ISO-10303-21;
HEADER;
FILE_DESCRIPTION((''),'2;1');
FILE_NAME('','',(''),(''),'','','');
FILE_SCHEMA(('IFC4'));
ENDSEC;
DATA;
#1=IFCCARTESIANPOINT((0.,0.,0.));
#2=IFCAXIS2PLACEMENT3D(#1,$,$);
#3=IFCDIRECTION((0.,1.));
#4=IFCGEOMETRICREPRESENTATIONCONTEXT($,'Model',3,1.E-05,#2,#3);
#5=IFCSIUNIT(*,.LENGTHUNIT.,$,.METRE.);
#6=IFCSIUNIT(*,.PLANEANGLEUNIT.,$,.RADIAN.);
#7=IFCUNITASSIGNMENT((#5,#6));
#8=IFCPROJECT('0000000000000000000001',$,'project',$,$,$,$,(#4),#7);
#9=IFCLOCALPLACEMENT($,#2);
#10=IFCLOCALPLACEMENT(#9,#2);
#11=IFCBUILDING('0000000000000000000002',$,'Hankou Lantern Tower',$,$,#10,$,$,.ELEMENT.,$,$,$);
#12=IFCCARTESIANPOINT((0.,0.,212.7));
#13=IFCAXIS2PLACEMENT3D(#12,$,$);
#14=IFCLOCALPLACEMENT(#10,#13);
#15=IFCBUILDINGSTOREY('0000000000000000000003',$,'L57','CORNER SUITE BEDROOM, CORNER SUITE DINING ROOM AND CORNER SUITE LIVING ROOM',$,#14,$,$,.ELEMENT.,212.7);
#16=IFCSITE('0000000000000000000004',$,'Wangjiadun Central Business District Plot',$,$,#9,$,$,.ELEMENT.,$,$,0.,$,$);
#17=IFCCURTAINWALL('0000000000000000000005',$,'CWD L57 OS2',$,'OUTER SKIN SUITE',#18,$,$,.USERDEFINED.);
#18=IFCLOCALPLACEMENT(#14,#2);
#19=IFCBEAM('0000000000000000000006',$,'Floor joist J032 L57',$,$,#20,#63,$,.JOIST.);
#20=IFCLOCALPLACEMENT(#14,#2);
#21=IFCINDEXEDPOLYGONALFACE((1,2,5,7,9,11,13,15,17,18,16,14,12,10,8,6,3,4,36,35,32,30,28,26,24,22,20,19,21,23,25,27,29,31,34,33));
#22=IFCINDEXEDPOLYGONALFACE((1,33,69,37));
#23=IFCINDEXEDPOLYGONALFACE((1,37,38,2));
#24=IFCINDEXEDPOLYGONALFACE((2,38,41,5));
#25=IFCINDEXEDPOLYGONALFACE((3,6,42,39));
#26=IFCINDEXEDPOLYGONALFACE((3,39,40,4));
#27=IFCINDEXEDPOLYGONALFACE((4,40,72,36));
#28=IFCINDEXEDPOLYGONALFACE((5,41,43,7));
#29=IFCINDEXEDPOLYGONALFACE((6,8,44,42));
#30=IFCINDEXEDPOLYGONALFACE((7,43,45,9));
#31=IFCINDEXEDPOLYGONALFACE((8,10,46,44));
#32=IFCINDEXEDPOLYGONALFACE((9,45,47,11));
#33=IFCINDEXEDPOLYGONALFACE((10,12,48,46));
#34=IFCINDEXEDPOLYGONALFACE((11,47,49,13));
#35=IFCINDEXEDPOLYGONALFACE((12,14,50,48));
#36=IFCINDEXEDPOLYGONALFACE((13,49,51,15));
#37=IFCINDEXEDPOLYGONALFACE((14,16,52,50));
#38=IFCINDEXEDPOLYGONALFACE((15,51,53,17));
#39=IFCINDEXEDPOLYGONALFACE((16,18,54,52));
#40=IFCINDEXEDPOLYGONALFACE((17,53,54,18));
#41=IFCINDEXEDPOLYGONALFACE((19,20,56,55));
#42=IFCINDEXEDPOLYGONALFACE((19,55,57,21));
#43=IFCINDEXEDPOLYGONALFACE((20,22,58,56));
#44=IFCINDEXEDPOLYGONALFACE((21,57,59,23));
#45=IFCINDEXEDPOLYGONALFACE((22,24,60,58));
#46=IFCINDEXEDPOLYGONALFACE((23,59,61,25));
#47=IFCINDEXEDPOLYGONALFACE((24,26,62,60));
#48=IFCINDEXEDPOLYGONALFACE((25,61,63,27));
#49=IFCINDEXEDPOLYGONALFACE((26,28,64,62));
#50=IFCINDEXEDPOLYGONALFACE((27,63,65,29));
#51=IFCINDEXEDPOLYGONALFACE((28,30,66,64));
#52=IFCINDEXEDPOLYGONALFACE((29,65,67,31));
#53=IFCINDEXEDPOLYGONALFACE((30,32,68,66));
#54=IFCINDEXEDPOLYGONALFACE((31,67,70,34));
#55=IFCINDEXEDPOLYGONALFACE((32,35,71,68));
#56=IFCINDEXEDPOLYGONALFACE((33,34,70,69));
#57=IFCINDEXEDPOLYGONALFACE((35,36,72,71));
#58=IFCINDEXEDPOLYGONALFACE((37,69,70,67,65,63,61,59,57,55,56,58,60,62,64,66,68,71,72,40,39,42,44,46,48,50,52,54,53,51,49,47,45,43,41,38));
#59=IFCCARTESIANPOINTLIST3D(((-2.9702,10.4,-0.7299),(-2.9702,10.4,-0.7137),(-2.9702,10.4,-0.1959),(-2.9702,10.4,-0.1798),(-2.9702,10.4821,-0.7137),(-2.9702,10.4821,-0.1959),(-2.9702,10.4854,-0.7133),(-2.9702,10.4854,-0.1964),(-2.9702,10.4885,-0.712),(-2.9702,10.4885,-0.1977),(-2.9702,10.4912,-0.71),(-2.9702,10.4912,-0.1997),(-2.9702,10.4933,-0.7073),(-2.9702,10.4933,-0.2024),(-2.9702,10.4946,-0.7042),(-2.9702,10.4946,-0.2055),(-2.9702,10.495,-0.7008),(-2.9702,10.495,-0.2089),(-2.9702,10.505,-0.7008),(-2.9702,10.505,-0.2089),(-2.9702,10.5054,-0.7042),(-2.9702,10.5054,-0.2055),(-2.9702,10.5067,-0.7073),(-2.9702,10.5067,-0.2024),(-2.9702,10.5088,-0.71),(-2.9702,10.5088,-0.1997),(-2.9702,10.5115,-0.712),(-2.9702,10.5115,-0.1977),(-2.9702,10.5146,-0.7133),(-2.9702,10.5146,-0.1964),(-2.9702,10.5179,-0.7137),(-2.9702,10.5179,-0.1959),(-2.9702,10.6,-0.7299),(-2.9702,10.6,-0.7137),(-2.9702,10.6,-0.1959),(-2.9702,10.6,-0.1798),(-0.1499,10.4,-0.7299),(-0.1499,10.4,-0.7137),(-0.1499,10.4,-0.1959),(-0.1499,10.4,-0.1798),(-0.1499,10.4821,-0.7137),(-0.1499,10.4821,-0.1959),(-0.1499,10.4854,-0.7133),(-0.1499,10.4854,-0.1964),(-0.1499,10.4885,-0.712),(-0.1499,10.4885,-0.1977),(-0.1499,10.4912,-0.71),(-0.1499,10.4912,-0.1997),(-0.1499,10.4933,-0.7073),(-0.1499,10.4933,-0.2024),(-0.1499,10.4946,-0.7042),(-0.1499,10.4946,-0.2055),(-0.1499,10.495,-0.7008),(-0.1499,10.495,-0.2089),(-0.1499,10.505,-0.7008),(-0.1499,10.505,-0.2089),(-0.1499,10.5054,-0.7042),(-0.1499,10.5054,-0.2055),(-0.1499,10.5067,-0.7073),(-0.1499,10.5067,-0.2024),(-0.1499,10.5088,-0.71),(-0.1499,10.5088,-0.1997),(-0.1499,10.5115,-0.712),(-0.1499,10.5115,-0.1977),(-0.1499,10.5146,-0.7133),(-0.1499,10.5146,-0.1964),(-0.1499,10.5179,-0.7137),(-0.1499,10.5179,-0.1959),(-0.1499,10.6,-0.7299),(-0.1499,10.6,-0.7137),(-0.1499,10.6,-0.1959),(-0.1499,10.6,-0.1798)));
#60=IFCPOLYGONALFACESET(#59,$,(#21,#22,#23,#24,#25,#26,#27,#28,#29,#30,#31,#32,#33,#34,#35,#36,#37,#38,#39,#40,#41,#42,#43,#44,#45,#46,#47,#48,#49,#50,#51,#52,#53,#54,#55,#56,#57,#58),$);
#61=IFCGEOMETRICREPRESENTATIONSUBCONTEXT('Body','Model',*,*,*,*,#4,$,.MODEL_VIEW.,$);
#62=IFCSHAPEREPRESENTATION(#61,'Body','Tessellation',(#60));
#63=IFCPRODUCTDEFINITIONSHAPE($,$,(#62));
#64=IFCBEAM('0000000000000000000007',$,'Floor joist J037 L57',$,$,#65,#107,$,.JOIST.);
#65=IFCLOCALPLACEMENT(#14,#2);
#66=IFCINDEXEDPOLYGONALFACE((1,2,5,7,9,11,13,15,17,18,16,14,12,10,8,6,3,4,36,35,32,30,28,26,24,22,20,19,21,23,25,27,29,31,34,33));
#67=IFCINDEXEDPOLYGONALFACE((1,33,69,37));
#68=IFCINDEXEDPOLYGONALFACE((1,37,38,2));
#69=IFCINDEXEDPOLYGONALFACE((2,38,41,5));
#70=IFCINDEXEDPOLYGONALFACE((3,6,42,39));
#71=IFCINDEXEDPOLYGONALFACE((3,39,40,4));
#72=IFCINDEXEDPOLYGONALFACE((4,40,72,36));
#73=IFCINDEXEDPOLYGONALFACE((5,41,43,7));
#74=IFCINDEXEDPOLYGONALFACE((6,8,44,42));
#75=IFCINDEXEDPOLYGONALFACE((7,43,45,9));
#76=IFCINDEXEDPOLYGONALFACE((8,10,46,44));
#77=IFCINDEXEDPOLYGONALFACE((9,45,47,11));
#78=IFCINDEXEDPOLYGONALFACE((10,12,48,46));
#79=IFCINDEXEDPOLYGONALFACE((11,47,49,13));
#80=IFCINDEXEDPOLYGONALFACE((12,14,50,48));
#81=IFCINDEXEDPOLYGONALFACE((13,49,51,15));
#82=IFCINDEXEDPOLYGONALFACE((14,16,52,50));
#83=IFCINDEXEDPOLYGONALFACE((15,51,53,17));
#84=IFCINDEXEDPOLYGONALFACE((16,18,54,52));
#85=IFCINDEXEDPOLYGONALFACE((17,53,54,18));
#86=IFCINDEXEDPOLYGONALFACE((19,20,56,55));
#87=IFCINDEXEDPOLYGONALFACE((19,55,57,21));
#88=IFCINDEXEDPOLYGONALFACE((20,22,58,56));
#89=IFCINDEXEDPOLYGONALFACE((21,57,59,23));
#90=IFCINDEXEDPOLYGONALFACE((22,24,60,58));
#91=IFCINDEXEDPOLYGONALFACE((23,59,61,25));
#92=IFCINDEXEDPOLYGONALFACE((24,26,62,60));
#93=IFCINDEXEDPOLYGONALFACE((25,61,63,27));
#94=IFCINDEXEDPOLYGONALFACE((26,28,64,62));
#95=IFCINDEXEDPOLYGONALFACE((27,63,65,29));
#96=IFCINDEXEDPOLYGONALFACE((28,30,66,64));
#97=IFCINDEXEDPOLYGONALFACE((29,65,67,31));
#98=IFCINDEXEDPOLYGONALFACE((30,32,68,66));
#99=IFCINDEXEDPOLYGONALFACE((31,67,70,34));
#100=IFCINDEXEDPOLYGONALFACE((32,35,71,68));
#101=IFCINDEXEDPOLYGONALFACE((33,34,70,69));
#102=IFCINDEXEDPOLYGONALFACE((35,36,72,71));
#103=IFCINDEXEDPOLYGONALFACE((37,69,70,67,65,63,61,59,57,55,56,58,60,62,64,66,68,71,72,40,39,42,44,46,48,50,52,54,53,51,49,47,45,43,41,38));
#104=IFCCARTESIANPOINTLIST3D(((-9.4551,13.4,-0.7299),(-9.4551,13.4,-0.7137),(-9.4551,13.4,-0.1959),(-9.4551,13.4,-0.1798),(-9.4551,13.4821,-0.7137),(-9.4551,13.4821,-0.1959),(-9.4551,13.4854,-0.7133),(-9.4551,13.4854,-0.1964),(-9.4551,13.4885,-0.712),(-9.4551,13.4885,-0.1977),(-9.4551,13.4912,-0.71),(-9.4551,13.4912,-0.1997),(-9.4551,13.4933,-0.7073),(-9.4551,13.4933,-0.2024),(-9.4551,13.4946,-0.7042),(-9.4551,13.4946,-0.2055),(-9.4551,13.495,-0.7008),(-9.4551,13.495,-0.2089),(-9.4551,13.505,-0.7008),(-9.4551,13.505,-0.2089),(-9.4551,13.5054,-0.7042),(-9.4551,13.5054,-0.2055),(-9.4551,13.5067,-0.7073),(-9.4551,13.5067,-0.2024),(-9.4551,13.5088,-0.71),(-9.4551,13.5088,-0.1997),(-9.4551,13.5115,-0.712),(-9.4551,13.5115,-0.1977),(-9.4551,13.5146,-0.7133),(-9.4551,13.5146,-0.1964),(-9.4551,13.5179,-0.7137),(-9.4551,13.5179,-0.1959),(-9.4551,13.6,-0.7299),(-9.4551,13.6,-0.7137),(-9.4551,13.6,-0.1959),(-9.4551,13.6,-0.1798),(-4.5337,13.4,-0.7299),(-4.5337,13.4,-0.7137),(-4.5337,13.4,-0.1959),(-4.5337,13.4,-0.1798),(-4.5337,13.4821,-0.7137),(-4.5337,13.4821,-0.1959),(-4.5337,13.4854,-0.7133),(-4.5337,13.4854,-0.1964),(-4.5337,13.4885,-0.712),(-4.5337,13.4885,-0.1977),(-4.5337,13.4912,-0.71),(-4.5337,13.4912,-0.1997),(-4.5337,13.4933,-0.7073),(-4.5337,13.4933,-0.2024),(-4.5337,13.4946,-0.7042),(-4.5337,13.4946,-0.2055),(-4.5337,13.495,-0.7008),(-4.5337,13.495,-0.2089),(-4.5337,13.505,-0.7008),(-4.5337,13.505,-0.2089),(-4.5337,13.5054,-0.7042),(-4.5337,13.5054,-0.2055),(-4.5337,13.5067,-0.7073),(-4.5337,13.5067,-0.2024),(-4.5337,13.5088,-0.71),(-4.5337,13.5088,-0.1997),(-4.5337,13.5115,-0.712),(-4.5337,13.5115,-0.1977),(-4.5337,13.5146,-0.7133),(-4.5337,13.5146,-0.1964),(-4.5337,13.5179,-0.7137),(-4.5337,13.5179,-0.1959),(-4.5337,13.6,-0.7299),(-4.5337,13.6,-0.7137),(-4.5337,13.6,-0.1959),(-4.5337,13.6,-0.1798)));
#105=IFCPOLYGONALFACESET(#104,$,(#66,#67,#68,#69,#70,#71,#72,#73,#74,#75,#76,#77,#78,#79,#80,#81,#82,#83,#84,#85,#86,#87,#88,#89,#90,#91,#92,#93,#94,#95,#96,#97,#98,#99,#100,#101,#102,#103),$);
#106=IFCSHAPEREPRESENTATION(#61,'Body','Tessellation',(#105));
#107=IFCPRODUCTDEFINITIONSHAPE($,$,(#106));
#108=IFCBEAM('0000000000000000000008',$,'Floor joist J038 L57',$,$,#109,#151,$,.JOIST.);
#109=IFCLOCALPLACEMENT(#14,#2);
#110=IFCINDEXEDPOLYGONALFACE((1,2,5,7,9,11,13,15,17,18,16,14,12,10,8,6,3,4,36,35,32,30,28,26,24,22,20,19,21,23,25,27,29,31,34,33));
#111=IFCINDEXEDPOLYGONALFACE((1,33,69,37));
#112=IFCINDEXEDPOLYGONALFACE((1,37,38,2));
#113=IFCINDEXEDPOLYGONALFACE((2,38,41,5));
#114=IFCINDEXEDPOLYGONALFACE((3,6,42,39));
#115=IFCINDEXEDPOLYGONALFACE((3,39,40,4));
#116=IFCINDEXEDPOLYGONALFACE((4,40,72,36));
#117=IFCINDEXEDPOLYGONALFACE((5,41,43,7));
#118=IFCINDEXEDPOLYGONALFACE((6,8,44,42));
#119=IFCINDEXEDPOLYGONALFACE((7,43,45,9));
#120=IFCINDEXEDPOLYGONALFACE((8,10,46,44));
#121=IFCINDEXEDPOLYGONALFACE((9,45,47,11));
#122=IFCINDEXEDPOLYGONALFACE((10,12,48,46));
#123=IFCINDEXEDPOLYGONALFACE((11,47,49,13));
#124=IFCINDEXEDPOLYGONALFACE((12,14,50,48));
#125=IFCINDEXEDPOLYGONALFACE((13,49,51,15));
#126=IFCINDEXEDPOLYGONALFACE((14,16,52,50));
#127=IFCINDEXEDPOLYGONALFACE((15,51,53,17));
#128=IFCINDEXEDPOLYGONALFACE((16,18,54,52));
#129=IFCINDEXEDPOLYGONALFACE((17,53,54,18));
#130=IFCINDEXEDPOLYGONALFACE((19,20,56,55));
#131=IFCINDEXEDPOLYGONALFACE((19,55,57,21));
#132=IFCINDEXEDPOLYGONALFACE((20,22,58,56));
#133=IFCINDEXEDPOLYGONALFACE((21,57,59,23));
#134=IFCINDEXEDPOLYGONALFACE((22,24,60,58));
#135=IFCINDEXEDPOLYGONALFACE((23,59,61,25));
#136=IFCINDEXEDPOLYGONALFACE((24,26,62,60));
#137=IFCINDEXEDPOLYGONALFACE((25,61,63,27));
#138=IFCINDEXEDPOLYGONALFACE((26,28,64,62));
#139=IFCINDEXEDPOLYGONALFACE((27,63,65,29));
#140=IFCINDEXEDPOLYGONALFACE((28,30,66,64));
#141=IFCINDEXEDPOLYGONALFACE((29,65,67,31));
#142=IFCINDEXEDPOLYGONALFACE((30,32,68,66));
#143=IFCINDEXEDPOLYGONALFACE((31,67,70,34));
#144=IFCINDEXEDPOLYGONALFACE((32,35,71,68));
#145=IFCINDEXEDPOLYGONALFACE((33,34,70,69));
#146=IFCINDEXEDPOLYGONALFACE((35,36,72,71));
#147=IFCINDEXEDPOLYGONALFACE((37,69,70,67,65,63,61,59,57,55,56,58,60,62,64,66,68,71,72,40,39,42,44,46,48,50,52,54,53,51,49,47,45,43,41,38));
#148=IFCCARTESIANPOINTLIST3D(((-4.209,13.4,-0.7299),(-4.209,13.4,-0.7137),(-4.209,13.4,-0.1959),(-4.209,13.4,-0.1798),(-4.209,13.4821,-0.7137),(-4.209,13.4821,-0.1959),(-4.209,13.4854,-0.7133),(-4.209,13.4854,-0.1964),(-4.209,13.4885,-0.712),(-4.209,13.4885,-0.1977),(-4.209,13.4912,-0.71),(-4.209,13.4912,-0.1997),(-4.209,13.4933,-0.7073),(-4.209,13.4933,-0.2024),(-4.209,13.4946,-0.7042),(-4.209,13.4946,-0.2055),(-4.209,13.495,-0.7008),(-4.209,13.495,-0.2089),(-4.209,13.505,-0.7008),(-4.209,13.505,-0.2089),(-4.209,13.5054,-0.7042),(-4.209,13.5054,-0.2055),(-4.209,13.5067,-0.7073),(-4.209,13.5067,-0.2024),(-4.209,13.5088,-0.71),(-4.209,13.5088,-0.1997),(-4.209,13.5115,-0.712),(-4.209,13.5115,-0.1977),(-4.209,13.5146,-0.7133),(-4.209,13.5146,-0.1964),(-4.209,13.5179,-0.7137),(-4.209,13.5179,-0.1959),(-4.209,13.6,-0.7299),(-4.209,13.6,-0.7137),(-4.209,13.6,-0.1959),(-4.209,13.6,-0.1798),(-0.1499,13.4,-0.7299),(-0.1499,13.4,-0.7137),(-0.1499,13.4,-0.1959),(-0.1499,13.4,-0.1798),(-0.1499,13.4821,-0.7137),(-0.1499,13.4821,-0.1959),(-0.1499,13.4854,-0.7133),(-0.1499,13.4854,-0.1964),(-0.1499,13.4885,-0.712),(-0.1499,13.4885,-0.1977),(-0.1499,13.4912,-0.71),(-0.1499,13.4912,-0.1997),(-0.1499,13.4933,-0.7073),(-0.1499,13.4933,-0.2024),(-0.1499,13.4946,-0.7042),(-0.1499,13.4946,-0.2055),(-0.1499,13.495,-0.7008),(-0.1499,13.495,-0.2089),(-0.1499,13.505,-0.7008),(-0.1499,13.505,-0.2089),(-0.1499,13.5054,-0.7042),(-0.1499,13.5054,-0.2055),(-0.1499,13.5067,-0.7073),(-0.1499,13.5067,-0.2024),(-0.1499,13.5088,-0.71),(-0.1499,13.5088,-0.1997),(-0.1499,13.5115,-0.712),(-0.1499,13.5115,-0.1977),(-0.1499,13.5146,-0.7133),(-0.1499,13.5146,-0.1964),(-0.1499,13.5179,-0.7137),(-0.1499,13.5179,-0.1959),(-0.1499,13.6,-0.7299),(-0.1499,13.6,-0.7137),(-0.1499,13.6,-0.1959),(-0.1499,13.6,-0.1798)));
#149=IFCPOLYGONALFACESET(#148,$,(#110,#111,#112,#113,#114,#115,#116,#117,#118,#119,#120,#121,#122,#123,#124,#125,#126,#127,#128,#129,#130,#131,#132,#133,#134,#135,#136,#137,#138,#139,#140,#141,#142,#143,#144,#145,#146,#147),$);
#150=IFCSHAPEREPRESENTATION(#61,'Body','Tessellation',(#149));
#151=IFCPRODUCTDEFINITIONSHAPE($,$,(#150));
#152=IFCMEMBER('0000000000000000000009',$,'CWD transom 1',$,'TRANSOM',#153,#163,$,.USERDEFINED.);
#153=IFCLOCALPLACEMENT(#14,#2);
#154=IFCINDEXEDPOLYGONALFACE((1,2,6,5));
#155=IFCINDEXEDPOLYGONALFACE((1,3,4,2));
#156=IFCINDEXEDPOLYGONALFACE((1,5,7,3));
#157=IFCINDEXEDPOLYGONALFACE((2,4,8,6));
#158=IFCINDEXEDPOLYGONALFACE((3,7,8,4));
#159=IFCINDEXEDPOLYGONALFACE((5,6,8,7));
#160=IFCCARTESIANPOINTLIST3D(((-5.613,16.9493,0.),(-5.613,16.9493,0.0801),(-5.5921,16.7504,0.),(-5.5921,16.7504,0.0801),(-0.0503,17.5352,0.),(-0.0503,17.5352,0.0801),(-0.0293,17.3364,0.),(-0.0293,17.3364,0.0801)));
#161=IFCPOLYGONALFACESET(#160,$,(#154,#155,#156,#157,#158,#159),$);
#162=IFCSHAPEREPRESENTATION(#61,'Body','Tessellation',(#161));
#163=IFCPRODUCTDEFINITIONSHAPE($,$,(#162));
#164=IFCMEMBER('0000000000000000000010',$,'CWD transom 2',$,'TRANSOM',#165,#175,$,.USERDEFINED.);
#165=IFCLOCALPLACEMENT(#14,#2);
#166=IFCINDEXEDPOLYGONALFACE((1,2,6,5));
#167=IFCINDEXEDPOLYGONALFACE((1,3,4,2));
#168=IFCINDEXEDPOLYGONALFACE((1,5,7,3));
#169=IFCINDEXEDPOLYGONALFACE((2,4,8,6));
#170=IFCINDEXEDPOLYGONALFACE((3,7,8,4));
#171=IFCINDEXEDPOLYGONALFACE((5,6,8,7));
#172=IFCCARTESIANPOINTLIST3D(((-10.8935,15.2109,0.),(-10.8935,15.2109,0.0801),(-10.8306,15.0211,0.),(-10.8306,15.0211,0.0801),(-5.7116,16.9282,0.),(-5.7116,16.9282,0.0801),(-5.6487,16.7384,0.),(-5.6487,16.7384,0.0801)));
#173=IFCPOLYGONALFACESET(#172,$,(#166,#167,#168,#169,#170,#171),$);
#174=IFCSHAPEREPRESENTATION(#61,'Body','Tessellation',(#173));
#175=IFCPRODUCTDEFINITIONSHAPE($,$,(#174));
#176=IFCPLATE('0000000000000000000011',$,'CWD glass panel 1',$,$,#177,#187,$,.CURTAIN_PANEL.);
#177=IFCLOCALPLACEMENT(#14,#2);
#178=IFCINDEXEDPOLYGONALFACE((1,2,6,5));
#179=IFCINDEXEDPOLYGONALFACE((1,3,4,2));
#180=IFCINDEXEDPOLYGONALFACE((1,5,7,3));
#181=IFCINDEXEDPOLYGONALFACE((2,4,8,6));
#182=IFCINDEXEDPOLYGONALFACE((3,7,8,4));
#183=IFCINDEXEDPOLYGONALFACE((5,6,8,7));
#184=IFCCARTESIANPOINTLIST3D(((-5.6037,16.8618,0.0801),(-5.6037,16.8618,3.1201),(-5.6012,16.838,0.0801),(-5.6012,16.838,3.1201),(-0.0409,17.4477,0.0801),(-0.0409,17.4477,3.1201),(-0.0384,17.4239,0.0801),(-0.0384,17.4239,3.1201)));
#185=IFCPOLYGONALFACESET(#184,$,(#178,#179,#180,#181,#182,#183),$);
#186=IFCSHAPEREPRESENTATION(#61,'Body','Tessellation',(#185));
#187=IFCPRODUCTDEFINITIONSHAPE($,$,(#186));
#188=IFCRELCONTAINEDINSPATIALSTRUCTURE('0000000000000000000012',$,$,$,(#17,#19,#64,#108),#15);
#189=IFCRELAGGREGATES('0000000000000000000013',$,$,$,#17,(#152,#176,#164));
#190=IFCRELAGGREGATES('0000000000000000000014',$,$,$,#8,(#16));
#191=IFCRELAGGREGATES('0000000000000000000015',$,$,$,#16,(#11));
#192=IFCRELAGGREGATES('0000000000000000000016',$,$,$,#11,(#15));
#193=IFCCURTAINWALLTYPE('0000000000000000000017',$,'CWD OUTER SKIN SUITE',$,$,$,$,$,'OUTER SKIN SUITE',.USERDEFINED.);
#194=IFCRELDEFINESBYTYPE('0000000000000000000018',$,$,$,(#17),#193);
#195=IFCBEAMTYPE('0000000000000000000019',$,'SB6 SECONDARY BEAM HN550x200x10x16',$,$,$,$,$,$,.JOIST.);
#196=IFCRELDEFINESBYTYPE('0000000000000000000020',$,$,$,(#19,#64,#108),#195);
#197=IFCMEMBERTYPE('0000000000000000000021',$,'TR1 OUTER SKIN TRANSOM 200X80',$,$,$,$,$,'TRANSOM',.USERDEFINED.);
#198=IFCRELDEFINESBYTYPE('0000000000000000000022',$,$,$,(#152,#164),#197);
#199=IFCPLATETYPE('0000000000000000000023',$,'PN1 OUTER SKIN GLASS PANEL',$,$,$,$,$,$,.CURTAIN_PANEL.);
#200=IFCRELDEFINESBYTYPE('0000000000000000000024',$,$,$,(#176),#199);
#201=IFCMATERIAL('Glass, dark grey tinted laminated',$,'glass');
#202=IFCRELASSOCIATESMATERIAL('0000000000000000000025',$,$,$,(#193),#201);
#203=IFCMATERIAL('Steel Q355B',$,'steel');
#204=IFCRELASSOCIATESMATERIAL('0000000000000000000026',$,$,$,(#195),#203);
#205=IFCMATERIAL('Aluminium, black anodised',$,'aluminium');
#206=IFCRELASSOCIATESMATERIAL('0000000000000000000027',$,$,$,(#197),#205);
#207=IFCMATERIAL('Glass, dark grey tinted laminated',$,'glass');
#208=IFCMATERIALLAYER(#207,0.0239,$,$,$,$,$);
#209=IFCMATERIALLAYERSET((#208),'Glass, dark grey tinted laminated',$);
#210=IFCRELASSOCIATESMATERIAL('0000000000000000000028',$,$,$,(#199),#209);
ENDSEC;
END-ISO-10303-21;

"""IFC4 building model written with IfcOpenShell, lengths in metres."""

from ifc_helpers import new_model, si_unit, direction, frame, origin, origin_2d, place, context, subcontext, project, spatial, rectangle, i_section, extrude, material, layer, layer_set, material_profile, profile_set, type_object, element, aggregate, save


model = new_model("IFC4")

# Units and contexts
model_context = context("Model", 3, precision=1e-05, world=origin(), true_north=direction((0.0, 1.0)))
body_context = subcontext(model_context, "Body", "Model", "MODEL_VIEW")
ifc_project = project(units=[si_unit("LENGTHUNIT", "METRE"), si_unit("PLANEANGLEUNIT", "RADIAN")], contexts=[model_context])

# Site, building, storey
site_placement = place(None, origin())
site = spatial("IfcSite", under=ifc_project, at=site_placement, Name="Wangjiadun Central Business District Plot", CompositionType="ELEMENT", RefElevation=0.0)
building_placement = place(site_placement, origin())
building = spatial("IfcBuilding", under=site, at=building_placement, Name="Hankou Lantern Tower", CompositionType="ELEMENT")
storey_placement = place(building_placement, frame((0.0, 0.0, 212.7)))
storey = spatial("IfcBuildingStorey", under=building, at=storey_placement, Name="L57", Description="CORNER SUITE BEDROOM, CORNER SUITE DINING ROOM AND CORNER SUITE LIVING ROOM", CompositionType="ELEMENT", Elevation=212.7)

# Curtain wall
ifc_material_1 = material(Name="Glass, dark grey tinted laminated", Category="glass")
curtain_wall_type = type_object("IfcCurtainWallType", Name="CWD OUTER SKIN SUITE", ElementType="OUTER SKIN SUITE", PredefinedType="USERDEFINED", material=ifc_material_1)
curtain_wall_placement = place(storey_placement, origin())
curtain_wall = element("IfcCurtainWall", 1, at=curtain_wall_placement, inside=storey, type_object=curtain_wall_type, Name="CWD L57 OS2", ObjectType="OUTER SKIN SUITE", PredefinedType="USERDEFINED")

# Beams
ifc_material_2 = material(Name="Steel Q355B", Category="steel")
ifc_material_profile_1 = material_profile(ifc_material_2, i_section(OverallWidth=0.2, OverallDepth=0.55, WebThickness=0.01, FlangeThickness=0.0161, FilletRadius=0.0129, at=origin_2d()), Name="HN550x200x10x16")
ifc_profile_set_1 = profile_set([ifc_material_profile_1], Name="Steel Q355B")
beam_type_1 = type_object("IfcBeamType", Name="SB6 SECONDARY BEAM HN550x200x10x16", PredefinedType="JOIST", material=ifc_profile_set_1)
beam_1_placement = place(storey_placement, frame((-2.9702, 10.5, -0.4548), z_axis=(1.0, 0.0, 0.0), x_axis=(0.0, 1.0, 0.0)))
element("IfcBeam", 2, at=beam_1_placement, inside=storey, type_object=beam_type_1, Name="Floor joist J032 L57", PredefinedType="JOIST", context=body_context, shape_type="SweptSolid", body=[
    extrude(i_section(OverallWidth=0.2, OverallDepth=0.55, WebThickness=0.01, FlangeThickness=0.0161, FilletRadius=0.0129, at=origin_2d()), origin(), (0.0, 0.0, 1.0), 2.8203),
])
beam_2_placement = place(storey_placement, frame((-9.4551, 13.5, -0.4548), z_axis=(1.0, 0.0, 0.0), x_axis=(0.0, 1.0, 0.0)))
element("IfcBeam", 3, at=beam_2_placement, inside=storey, type_object=beam_type_1, Name="Floor joist J037 L57", PredefinedType="JOIST", context=body_context, shape_type="SweptSolid", body=[
    extrude(i_section(OverallWidth=0.2, OverallDepth=0.55, WebThickness=0.01, FlangeThickness=0.0161, FilletRadius=0.0129, at=origin_2d()), origin(), (0.0, 0.0, 1.0), 4.9214),
])
beam_3_placement = place(storey_placement, frame((-4.209, 13.5, -0.4548), z_axis=(1.0, 0.0, 0.0), x_axis=(0.0, 1.0, 0.0)))
element("IfcBeam", 4, at=beam_3_placement, inside=storey, type_object=beam_type_1, Name="Floor joist J038 L57", PredefinedType="JOIST", context=body_context, shape_type="SweptSolid", body=[
    extrude(i_section(OverallWidth=0.2, OverallDepth=0.55, WebThickness=0.01, FlangeThickness=0.0161, FilletRadius=0.0129, at=origin_2d()), origin(), (0.0, 0.0, 1.0), 4.0591),
])

# Members
ifc_material_3 = material(Name="Aluminium, black anodised", Category="aluminium")
ifc_material_profile_2 = material_profile(ifc_material_3, rectangle(XDim=0.2, YDim=0.0801, at=origin_2d()), Name="TR1 200X80")
ifc_profile_set_2 = profile_set([ifc_material_profile_2], Name="Aluminium, black anodised")
member_type_1 = type_object("IfcMemberType", Name="TR1 OUTER SKIN TRANSOM 200X80", ElementType="TRANSOM", PredefinedType="USERDEFINED", material=ifc_profile_set_2)
member_1_placement = place(storey_placement, frame((-0.0398, 17.4358, 0.04), z_axis=(-0.994498, -0.104753, 0.0), x_axis=(0.104753, -0.994498, 0.0)))
member_1 = element("IfcMember", 5, at=member_1_placement, type_object=member_type_1, Name="CWD transom 1", ObjectType="TRANSOM", PredefinedType="USERDEFINED", context=body_context, shape_type="SweptSolid", body=[
    extrude(rectangle(XDim=0.2, YDim=0.0801, at=origin_2d()), origin(), (0.0, 0.0, 1.0), 5.5935),
])
member_2_placement = place(storey_placement, frame((-5.6802, 16.8333, 0.04), z_axis=(-0.949232, -0.314577, 0.0), x_axis=(0.314577, -0.949232, 0.0)))
member_2 = element("IfcMember", 6, at=member_2_placement, type_object=member_type_1, Name="CWD transom 2", ObjectType="TRANSOM", PredefinedType="USERDEFINED", context=body_context, shape_type="SweptSolid", body=[
    extrude(rectangle(XDim=0.2, YDim=0.0801, at=origin_2d()), origin(), (0.0, 0.0, 1.0), 5.459),
])

# Plate
ifc_material_4 = material(Name="Glass, dark grey tinted laminated", Category="glass")
ifc_layer_1 = layer(ifc_material_4, 0.0239)
ifc_layer_set_1 = layer_set([ifc_layer_1], Name="Glass, dark grey tinted laminated")
plate_type = type_object("IfcPlateType", Name="PN1 OUTER SKIN GLASS PANEL", PredefinedType="CURTAIN_PANEL", material=ifc_layer_set_1)
plate_1_placement = place(storey_placement, frame((-2.821, 17.1428, 0.0801), z_axis=(0.0, 0.0, 1.0), x_axis=(-0.994499, -0.104743, 0.0)))
plate_1 = element("IfcPlate", 7, at=plate_1_placement, type_object=plate_type, Name="CWD glass panel 1", PredefinedType="CURTAIN_PANEL", context=body_context, shape_type="SweptSolid", body=[
    extrude(rectangle(XDim=5.5935, YDim=0.0239, at=origin_2d()), origin(), (0.0, 0.0, 1.0), 3.04),
])
aggregate(curtain_wall, [member_1, plate_1, member_2])

save(model, "model.ifc")
